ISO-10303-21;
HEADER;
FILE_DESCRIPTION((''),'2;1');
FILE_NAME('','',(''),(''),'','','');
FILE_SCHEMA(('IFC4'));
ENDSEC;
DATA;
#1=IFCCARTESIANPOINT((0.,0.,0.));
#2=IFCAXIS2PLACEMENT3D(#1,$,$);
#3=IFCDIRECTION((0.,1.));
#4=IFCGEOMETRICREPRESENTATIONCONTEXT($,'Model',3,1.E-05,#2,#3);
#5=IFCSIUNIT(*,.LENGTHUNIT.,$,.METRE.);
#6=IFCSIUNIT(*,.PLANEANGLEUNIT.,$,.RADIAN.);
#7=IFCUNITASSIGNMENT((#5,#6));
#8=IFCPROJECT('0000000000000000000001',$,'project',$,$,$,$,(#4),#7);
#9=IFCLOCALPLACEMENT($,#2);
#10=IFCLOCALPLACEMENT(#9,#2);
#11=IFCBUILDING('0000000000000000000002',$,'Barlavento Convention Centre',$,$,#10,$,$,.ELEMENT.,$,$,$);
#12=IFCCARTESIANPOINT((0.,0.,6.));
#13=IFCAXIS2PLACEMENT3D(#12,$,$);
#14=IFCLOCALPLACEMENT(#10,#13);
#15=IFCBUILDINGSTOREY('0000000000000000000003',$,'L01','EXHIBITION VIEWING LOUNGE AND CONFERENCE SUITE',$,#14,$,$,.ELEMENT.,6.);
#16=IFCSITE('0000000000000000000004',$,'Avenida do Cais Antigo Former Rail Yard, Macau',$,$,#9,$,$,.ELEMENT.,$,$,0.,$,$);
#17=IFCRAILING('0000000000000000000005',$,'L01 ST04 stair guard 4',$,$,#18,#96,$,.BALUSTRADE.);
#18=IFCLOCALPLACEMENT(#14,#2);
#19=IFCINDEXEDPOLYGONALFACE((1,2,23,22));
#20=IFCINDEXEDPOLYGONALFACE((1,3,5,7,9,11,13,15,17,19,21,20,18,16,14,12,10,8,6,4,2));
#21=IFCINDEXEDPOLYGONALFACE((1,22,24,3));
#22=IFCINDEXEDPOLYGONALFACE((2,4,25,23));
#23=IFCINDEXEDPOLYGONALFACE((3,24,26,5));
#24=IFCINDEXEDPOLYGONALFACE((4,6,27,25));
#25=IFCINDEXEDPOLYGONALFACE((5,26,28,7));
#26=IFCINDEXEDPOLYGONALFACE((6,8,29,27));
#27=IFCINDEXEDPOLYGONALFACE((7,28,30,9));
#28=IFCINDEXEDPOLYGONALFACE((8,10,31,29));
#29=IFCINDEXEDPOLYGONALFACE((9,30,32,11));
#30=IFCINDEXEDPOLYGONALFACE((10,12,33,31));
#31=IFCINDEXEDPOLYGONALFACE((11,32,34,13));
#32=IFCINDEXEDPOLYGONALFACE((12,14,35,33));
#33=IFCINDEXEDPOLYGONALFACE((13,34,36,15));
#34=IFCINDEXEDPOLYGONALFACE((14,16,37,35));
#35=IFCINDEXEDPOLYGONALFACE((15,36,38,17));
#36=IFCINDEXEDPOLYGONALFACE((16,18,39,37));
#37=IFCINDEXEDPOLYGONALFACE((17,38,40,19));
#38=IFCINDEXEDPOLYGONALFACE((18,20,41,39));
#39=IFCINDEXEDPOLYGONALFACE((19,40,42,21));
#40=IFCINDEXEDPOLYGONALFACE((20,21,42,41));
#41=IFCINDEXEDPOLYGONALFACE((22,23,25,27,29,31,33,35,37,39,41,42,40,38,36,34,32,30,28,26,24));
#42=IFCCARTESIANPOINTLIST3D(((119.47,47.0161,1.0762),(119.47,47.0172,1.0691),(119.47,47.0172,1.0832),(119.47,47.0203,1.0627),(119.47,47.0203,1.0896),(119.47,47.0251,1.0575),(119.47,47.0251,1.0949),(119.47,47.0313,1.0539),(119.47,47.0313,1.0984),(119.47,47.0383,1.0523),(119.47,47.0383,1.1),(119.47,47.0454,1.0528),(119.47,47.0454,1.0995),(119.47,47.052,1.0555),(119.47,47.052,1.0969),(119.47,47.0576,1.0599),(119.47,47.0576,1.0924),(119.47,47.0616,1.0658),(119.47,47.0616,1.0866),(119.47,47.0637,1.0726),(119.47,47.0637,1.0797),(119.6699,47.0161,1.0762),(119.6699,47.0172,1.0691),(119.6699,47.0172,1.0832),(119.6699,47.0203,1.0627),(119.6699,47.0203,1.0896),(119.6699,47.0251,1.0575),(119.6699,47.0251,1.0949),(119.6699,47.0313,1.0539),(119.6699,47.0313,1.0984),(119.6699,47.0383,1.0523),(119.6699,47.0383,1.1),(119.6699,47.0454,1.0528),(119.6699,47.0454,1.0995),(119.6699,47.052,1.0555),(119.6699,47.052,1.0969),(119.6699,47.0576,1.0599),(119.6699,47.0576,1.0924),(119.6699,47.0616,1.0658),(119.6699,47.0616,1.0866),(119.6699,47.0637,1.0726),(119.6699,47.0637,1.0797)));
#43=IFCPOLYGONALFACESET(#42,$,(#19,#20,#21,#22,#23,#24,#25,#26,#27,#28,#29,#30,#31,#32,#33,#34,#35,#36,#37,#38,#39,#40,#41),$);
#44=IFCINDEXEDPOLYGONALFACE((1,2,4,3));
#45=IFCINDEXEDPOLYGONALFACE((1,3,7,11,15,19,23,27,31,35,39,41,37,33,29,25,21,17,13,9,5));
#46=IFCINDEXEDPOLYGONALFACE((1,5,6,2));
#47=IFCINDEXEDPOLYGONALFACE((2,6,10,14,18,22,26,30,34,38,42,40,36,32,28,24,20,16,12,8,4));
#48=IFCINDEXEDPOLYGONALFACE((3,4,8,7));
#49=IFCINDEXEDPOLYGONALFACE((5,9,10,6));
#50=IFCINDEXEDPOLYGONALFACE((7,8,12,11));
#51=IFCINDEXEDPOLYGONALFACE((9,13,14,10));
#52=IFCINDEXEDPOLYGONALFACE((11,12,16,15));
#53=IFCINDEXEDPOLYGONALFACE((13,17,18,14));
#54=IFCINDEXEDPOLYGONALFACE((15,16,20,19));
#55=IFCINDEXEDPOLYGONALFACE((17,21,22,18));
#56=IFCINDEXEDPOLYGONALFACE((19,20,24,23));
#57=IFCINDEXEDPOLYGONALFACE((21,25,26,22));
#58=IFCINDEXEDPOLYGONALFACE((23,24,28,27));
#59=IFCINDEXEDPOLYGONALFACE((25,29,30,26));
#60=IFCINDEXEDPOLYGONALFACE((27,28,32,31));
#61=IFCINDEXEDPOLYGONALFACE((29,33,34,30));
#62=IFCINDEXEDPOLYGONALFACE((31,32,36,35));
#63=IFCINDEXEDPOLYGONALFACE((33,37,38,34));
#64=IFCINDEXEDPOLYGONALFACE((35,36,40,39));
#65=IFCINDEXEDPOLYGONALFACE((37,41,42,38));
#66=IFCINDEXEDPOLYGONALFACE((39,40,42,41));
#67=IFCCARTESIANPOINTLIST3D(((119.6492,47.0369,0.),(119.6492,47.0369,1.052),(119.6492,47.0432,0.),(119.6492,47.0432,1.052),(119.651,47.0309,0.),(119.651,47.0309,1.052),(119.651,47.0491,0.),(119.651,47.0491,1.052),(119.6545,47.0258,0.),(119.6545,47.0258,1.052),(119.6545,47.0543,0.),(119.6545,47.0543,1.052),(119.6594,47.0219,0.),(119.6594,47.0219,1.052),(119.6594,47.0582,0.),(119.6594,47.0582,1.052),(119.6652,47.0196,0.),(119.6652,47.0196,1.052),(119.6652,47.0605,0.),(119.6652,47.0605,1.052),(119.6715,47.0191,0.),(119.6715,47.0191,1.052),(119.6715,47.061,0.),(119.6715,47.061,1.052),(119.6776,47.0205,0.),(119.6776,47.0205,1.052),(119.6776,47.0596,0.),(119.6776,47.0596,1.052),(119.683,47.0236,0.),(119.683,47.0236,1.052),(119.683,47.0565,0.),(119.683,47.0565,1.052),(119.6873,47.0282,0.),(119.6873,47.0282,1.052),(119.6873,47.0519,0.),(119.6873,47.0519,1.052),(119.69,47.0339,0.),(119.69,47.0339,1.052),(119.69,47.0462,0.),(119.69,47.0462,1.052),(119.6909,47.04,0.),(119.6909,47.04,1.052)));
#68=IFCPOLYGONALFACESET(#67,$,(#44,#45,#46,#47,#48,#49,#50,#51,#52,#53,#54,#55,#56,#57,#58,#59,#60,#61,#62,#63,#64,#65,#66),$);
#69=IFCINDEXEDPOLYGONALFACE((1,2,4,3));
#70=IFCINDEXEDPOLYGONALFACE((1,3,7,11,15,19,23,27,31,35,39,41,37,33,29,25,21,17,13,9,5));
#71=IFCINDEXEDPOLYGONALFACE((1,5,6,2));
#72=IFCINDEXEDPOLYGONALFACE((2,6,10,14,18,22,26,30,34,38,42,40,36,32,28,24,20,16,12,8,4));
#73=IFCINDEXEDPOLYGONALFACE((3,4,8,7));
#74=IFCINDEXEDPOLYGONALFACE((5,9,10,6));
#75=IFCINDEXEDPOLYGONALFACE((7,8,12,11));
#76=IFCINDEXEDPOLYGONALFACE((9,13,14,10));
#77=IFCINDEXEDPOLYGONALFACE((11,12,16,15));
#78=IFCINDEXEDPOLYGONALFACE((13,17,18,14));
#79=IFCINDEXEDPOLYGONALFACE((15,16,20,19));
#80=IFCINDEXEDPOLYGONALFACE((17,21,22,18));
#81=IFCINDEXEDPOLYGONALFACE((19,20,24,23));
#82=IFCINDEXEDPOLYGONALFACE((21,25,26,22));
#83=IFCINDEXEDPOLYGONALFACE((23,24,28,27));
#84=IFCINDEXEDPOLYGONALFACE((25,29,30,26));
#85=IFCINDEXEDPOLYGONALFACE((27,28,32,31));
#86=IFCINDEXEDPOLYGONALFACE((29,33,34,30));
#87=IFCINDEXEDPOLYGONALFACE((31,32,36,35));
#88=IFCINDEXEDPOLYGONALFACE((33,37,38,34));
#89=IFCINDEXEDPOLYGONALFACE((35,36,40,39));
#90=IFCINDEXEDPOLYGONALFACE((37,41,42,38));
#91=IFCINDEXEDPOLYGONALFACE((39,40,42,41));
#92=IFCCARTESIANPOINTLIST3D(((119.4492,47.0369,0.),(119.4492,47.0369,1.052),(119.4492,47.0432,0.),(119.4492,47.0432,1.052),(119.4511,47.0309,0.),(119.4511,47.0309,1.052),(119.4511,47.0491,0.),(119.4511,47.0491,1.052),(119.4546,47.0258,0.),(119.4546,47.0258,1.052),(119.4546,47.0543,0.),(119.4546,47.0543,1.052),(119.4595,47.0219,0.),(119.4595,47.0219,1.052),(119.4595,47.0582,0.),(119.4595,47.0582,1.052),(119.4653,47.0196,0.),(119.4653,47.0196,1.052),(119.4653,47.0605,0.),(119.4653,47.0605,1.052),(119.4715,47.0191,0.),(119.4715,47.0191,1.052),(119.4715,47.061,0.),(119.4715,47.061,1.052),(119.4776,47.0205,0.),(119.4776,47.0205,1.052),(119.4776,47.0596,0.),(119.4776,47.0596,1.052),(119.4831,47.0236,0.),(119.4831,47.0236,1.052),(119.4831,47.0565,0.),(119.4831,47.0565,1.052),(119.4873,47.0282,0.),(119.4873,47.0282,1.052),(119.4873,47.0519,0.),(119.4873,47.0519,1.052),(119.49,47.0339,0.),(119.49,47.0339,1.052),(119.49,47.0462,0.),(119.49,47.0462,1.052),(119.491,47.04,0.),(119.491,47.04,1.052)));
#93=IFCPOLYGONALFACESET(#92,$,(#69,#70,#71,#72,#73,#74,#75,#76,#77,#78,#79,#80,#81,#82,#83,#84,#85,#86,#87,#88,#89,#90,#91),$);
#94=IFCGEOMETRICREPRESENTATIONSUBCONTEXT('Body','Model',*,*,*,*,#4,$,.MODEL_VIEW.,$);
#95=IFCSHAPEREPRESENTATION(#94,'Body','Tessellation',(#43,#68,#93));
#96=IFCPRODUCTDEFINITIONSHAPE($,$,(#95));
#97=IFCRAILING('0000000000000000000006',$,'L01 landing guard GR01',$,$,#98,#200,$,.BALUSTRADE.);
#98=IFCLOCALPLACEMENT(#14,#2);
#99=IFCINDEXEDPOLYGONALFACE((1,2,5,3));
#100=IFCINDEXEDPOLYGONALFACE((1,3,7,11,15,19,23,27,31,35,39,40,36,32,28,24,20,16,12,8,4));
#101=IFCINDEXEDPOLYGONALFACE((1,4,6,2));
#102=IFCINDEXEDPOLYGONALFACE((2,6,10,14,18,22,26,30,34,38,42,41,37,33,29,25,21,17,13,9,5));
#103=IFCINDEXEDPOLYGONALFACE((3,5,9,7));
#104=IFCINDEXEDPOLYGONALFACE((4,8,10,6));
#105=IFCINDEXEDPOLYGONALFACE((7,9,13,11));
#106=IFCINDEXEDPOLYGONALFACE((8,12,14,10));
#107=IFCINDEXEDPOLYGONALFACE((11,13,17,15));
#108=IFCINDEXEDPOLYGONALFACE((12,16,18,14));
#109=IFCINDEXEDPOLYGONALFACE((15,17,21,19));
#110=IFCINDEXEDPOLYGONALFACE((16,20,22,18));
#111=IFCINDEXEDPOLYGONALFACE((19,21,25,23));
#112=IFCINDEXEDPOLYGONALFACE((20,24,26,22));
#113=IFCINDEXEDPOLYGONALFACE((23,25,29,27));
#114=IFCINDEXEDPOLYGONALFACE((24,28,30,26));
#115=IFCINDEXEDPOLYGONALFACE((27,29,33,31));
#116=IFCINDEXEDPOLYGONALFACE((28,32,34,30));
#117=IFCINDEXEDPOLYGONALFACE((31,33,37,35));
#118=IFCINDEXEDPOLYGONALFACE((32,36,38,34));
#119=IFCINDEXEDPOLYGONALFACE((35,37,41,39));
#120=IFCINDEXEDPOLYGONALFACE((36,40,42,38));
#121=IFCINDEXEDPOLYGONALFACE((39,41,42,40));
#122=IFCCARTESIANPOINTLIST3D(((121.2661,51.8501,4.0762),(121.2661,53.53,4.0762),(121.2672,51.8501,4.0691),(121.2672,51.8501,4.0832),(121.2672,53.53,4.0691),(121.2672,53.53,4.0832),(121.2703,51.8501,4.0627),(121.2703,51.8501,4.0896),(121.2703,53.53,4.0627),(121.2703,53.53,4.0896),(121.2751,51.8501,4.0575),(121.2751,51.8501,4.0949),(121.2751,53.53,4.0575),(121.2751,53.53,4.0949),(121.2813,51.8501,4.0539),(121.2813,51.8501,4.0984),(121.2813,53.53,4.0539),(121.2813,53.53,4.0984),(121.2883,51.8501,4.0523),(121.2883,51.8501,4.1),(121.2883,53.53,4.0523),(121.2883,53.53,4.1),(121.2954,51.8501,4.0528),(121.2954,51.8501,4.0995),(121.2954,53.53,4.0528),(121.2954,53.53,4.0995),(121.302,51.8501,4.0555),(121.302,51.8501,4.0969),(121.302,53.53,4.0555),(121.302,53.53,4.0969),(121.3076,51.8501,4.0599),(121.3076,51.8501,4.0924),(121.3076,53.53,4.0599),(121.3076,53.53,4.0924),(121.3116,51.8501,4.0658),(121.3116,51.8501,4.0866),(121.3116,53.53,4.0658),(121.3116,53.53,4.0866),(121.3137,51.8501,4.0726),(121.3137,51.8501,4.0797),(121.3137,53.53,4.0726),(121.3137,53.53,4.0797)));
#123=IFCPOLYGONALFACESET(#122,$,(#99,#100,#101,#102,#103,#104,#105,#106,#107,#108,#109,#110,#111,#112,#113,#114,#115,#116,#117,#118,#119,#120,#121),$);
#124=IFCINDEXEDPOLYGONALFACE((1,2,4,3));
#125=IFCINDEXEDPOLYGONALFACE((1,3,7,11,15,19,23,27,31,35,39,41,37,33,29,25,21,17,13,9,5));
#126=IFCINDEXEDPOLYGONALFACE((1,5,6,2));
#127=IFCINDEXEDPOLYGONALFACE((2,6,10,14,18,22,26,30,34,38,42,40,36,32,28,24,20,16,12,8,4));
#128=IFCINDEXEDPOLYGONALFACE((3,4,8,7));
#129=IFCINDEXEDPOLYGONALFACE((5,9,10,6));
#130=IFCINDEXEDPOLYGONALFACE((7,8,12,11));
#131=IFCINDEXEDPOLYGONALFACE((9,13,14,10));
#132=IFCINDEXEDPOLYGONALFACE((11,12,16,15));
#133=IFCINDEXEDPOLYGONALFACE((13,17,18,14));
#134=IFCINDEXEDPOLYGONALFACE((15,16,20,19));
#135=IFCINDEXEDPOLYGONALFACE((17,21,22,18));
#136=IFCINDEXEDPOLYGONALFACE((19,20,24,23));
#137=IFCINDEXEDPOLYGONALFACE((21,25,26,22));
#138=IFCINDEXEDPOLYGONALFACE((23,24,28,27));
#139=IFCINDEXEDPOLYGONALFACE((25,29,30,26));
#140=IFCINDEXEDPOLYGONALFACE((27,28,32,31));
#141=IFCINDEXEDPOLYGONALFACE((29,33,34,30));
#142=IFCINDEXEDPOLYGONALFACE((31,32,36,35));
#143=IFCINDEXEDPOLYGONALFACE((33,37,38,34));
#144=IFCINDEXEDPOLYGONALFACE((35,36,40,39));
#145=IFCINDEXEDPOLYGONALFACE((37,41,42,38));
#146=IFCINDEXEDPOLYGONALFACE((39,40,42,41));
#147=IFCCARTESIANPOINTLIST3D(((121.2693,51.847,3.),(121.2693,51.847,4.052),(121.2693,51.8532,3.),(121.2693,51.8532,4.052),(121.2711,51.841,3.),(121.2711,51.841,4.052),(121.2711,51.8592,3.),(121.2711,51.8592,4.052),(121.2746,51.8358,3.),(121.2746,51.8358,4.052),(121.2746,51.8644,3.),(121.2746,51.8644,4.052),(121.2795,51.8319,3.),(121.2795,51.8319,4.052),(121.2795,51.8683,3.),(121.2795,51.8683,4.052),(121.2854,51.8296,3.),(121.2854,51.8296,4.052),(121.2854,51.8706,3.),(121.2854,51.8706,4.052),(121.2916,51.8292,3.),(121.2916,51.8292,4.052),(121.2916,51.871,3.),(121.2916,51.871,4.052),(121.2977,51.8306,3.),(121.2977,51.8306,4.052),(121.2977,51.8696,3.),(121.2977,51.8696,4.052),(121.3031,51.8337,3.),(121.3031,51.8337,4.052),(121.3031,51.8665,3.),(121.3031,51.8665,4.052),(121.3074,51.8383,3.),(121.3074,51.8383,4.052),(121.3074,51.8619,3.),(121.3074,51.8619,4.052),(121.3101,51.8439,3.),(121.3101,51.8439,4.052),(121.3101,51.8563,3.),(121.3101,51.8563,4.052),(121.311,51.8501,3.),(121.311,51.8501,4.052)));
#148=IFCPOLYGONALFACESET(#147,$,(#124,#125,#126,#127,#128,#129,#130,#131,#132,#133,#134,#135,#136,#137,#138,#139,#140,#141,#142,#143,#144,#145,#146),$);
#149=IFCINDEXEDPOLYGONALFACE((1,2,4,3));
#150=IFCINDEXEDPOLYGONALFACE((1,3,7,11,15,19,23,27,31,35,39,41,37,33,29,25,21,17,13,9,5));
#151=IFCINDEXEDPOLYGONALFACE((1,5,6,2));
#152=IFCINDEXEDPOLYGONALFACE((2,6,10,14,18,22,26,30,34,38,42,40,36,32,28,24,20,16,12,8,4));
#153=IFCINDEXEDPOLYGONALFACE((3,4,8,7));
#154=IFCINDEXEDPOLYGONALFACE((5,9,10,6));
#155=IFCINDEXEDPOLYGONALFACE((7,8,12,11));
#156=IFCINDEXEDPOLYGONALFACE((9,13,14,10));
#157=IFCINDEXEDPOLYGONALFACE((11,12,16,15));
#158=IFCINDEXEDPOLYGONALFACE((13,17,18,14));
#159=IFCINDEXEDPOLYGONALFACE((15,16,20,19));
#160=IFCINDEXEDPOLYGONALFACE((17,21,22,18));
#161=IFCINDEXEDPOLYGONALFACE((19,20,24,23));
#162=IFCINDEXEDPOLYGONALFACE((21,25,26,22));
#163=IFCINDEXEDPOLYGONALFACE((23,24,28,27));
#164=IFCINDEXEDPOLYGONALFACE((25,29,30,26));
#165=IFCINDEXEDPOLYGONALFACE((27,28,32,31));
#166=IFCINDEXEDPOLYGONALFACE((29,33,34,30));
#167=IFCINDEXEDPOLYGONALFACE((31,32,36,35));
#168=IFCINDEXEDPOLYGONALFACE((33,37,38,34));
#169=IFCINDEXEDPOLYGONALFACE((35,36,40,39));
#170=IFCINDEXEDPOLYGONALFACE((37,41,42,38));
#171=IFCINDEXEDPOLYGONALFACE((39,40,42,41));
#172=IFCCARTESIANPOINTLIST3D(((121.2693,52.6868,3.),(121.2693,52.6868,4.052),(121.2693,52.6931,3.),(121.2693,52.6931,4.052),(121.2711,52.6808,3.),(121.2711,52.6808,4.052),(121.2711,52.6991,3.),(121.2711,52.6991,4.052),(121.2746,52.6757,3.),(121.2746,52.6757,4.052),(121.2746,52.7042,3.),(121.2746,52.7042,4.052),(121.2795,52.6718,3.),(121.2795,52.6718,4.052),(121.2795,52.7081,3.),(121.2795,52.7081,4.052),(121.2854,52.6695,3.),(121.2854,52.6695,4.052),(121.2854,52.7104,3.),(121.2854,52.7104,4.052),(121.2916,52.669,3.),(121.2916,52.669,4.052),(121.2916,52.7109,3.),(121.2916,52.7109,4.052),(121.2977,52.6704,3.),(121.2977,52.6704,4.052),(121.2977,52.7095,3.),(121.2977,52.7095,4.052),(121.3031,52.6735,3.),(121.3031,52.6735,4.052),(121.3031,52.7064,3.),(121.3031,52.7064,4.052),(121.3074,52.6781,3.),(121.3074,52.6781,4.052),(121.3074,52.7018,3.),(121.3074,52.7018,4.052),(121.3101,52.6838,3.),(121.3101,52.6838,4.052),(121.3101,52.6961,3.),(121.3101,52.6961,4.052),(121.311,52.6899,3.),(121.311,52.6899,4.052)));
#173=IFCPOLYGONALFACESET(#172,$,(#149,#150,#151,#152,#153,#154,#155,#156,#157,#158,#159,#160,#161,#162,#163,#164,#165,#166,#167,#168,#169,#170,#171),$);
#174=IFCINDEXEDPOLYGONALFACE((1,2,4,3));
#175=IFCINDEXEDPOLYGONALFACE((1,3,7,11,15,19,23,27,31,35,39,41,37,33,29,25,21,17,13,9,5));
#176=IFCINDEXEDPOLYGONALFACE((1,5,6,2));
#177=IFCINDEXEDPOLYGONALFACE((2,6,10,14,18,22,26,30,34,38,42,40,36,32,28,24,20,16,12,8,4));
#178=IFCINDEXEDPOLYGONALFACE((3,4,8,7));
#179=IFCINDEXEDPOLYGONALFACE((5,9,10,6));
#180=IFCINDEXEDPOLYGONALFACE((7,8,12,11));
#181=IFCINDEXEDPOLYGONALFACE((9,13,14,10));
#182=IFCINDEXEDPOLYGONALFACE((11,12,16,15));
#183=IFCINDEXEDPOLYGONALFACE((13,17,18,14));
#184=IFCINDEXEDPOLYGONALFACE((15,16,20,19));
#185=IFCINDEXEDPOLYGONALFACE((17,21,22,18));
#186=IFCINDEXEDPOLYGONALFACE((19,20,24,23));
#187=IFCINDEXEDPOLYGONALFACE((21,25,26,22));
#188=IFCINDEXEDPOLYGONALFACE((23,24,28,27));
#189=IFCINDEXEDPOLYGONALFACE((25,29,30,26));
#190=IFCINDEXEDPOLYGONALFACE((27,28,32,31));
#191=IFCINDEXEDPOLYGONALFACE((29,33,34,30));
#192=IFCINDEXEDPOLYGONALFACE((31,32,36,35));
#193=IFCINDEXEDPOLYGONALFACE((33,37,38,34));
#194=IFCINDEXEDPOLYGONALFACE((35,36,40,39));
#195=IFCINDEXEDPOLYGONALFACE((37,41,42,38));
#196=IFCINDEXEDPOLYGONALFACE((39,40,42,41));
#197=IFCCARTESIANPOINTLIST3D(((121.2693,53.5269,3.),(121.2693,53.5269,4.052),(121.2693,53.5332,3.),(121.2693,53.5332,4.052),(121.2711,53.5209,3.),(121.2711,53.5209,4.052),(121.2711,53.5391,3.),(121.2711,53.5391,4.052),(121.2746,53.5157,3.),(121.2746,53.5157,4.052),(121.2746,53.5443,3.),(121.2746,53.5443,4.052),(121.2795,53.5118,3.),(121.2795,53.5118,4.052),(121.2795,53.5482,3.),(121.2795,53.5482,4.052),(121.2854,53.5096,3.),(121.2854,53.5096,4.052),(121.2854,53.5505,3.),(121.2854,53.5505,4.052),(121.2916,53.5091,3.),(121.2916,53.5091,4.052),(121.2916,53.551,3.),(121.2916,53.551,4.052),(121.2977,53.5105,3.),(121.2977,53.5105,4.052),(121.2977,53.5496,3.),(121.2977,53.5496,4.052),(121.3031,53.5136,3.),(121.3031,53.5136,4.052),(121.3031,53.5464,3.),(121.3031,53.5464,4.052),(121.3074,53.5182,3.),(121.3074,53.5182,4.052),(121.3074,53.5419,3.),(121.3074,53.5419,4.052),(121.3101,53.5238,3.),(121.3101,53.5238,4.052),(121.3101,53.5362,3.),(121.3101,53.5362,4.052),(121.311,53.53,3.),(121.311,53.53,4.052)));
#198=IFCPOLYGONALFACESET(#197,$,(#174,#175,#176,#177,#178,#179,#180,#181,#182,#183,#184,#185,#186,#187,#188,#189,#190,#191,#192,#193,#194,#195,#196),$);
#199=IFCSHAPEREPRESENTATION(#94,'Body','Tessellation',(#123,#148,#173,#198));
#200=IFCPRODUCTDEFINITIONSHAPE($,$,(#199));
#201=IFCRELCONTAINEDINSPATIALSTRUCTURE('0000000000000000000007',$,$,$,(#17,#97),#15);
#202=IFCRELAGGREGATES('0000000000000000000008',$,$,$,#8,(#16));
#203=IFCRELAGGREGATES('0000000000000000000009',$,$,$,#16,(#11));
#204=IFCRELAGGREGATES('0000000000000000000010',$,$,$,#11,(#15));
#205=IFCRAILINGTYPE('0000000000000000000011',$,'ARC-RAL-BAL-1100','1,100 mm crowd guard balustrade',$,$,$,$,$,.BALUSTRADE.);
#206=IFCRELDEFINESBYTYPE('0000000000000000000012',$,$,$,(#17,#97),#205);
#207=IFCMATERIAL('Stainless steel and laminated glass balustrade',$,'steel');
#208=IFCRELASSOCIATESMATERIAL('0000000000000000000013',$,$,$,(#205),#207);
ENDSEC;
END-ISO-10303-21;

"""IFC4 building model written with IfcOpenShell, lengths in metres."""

from ifc_helpers import new_model, si_unit, direction, frame, origin, origin_2d, place, context, subcontext, project, spatial, circle, extrude, material, type_object, element, save


model = new_model("IFC4")

# Units and contexts
model_context = context("Model", 3, precision=1e-05, world=origin(), true_north=direction((0.0, 1.0)))
body_context = subcontext(model_context, "Body", "Model", "MODEL_VIEW")
ifc_project = project(units=[si_unit("LENGTHUNIT", "METRE"), si_unit("PLANEANGLEUNIT", "RADIAN")], contexts=[model_context])

# Site, building, storey
site_placement = place(None, origin())
site = spatial("IfcSite", under=ifc_project, at=site_placement, Name="Avenida do Cais Antigo Former Rail Yard, Macau", CompositionType="ELEMENT", RefElevation=0.0)
building_placement = place(site_placement, origin())
building = spatial("IfcBuilding", under=site, at=building_placement, Name="Barlavento Convention Centre", CompositionType="ELEMENT")
storey_placement = place(building_placement, frame((0.0, 0.0, 6.0)))
storey = spatial("IfcBuildingStorey", under=building, at=storey_placement, Name="L01", Description="EXHIBITION VIEWING LOUNGE AND CONFERENCE SUITE", CompositionType="ELEMENT", Elevation=6.0)

# Railings
ifc_material_1 = material(Name="Stainless steel and laminated glass balustrade", Category="steel")
railing_type_1 = type_object("IfcRailingType", Name="ARC-RAL-BAL-1100", Description="1,100 mm crowd guard balustrade", PredefinedType="BALUSTRADE", material=ifc_material_1)
railing_1_placement = place(storey_placement, frame((119.6699, 47.04, 0.0)))
element("IfcRailing", 1, at=railing_1_placement, inside=storey, type_object=railing_type_1, Name="L01 ST04 stair guard 4", PredefinedType="BALUSTRADE", context=body_context, shape_type="SweptSolid", body=[
    extrude(circle(Radius=0.0239, at=origin_2d()), frame((0.0, 0.0, 1.0762), z_axis=(-1.0, 0.0, 0.0), x_axis=(0.0, -1.0, 0.0)), (0.0, 0.0, 1.0), 0.2),
    extrude(circle(Radius=0.021, at=origin_2d()), origin(), (0.0, 0.0, 1.0), 1.052),
    extrude(circle(Radius=0.021, at=origin_2d()), frame((-0.2, 0.0, 0.0)), (0.0, 0.0, 1.0), 1.052),
])
for number, where, name in (
    (2, (121.29, 51.8501, 3.0), "L01 landing guard GR01"),
):
    element("IfcRailing", number, at=place(storey_placement, frame(where)), inside=storey, type_object=railing_type_1, Name=name, PredefinedType="BALUSTRADE", context=body_context, shape_type="SweptSolid", body=[
        extrude(circle(Radius=0.0239, at=origin_2d()), frame((0.0, 0.0, 1.0762), z_axis=(0.0, 1.0, 0.0), x_axis=(-1.0, 0.0, 0.0)), (0.0, 0.0, 1.0), 1.6799),
        extrude(circle(Radius=0.021, at=origin_2d()), origin(), (0.0, 0.0, 1.0), 1.052),
        extrude(circle(Radius=0.021, at=origin_2d()), frame((0.0, 0.8398, 0.0)), (0.0, 0.0, 1.0), 1.052),
        extrude(circle(Radius=0.021, at=origin_2d()), frame((0.0, 1.6799, 0.0)), (0.0, 0.0, 1.0), 1.052),
    ])

save(model, "model.ifc")
